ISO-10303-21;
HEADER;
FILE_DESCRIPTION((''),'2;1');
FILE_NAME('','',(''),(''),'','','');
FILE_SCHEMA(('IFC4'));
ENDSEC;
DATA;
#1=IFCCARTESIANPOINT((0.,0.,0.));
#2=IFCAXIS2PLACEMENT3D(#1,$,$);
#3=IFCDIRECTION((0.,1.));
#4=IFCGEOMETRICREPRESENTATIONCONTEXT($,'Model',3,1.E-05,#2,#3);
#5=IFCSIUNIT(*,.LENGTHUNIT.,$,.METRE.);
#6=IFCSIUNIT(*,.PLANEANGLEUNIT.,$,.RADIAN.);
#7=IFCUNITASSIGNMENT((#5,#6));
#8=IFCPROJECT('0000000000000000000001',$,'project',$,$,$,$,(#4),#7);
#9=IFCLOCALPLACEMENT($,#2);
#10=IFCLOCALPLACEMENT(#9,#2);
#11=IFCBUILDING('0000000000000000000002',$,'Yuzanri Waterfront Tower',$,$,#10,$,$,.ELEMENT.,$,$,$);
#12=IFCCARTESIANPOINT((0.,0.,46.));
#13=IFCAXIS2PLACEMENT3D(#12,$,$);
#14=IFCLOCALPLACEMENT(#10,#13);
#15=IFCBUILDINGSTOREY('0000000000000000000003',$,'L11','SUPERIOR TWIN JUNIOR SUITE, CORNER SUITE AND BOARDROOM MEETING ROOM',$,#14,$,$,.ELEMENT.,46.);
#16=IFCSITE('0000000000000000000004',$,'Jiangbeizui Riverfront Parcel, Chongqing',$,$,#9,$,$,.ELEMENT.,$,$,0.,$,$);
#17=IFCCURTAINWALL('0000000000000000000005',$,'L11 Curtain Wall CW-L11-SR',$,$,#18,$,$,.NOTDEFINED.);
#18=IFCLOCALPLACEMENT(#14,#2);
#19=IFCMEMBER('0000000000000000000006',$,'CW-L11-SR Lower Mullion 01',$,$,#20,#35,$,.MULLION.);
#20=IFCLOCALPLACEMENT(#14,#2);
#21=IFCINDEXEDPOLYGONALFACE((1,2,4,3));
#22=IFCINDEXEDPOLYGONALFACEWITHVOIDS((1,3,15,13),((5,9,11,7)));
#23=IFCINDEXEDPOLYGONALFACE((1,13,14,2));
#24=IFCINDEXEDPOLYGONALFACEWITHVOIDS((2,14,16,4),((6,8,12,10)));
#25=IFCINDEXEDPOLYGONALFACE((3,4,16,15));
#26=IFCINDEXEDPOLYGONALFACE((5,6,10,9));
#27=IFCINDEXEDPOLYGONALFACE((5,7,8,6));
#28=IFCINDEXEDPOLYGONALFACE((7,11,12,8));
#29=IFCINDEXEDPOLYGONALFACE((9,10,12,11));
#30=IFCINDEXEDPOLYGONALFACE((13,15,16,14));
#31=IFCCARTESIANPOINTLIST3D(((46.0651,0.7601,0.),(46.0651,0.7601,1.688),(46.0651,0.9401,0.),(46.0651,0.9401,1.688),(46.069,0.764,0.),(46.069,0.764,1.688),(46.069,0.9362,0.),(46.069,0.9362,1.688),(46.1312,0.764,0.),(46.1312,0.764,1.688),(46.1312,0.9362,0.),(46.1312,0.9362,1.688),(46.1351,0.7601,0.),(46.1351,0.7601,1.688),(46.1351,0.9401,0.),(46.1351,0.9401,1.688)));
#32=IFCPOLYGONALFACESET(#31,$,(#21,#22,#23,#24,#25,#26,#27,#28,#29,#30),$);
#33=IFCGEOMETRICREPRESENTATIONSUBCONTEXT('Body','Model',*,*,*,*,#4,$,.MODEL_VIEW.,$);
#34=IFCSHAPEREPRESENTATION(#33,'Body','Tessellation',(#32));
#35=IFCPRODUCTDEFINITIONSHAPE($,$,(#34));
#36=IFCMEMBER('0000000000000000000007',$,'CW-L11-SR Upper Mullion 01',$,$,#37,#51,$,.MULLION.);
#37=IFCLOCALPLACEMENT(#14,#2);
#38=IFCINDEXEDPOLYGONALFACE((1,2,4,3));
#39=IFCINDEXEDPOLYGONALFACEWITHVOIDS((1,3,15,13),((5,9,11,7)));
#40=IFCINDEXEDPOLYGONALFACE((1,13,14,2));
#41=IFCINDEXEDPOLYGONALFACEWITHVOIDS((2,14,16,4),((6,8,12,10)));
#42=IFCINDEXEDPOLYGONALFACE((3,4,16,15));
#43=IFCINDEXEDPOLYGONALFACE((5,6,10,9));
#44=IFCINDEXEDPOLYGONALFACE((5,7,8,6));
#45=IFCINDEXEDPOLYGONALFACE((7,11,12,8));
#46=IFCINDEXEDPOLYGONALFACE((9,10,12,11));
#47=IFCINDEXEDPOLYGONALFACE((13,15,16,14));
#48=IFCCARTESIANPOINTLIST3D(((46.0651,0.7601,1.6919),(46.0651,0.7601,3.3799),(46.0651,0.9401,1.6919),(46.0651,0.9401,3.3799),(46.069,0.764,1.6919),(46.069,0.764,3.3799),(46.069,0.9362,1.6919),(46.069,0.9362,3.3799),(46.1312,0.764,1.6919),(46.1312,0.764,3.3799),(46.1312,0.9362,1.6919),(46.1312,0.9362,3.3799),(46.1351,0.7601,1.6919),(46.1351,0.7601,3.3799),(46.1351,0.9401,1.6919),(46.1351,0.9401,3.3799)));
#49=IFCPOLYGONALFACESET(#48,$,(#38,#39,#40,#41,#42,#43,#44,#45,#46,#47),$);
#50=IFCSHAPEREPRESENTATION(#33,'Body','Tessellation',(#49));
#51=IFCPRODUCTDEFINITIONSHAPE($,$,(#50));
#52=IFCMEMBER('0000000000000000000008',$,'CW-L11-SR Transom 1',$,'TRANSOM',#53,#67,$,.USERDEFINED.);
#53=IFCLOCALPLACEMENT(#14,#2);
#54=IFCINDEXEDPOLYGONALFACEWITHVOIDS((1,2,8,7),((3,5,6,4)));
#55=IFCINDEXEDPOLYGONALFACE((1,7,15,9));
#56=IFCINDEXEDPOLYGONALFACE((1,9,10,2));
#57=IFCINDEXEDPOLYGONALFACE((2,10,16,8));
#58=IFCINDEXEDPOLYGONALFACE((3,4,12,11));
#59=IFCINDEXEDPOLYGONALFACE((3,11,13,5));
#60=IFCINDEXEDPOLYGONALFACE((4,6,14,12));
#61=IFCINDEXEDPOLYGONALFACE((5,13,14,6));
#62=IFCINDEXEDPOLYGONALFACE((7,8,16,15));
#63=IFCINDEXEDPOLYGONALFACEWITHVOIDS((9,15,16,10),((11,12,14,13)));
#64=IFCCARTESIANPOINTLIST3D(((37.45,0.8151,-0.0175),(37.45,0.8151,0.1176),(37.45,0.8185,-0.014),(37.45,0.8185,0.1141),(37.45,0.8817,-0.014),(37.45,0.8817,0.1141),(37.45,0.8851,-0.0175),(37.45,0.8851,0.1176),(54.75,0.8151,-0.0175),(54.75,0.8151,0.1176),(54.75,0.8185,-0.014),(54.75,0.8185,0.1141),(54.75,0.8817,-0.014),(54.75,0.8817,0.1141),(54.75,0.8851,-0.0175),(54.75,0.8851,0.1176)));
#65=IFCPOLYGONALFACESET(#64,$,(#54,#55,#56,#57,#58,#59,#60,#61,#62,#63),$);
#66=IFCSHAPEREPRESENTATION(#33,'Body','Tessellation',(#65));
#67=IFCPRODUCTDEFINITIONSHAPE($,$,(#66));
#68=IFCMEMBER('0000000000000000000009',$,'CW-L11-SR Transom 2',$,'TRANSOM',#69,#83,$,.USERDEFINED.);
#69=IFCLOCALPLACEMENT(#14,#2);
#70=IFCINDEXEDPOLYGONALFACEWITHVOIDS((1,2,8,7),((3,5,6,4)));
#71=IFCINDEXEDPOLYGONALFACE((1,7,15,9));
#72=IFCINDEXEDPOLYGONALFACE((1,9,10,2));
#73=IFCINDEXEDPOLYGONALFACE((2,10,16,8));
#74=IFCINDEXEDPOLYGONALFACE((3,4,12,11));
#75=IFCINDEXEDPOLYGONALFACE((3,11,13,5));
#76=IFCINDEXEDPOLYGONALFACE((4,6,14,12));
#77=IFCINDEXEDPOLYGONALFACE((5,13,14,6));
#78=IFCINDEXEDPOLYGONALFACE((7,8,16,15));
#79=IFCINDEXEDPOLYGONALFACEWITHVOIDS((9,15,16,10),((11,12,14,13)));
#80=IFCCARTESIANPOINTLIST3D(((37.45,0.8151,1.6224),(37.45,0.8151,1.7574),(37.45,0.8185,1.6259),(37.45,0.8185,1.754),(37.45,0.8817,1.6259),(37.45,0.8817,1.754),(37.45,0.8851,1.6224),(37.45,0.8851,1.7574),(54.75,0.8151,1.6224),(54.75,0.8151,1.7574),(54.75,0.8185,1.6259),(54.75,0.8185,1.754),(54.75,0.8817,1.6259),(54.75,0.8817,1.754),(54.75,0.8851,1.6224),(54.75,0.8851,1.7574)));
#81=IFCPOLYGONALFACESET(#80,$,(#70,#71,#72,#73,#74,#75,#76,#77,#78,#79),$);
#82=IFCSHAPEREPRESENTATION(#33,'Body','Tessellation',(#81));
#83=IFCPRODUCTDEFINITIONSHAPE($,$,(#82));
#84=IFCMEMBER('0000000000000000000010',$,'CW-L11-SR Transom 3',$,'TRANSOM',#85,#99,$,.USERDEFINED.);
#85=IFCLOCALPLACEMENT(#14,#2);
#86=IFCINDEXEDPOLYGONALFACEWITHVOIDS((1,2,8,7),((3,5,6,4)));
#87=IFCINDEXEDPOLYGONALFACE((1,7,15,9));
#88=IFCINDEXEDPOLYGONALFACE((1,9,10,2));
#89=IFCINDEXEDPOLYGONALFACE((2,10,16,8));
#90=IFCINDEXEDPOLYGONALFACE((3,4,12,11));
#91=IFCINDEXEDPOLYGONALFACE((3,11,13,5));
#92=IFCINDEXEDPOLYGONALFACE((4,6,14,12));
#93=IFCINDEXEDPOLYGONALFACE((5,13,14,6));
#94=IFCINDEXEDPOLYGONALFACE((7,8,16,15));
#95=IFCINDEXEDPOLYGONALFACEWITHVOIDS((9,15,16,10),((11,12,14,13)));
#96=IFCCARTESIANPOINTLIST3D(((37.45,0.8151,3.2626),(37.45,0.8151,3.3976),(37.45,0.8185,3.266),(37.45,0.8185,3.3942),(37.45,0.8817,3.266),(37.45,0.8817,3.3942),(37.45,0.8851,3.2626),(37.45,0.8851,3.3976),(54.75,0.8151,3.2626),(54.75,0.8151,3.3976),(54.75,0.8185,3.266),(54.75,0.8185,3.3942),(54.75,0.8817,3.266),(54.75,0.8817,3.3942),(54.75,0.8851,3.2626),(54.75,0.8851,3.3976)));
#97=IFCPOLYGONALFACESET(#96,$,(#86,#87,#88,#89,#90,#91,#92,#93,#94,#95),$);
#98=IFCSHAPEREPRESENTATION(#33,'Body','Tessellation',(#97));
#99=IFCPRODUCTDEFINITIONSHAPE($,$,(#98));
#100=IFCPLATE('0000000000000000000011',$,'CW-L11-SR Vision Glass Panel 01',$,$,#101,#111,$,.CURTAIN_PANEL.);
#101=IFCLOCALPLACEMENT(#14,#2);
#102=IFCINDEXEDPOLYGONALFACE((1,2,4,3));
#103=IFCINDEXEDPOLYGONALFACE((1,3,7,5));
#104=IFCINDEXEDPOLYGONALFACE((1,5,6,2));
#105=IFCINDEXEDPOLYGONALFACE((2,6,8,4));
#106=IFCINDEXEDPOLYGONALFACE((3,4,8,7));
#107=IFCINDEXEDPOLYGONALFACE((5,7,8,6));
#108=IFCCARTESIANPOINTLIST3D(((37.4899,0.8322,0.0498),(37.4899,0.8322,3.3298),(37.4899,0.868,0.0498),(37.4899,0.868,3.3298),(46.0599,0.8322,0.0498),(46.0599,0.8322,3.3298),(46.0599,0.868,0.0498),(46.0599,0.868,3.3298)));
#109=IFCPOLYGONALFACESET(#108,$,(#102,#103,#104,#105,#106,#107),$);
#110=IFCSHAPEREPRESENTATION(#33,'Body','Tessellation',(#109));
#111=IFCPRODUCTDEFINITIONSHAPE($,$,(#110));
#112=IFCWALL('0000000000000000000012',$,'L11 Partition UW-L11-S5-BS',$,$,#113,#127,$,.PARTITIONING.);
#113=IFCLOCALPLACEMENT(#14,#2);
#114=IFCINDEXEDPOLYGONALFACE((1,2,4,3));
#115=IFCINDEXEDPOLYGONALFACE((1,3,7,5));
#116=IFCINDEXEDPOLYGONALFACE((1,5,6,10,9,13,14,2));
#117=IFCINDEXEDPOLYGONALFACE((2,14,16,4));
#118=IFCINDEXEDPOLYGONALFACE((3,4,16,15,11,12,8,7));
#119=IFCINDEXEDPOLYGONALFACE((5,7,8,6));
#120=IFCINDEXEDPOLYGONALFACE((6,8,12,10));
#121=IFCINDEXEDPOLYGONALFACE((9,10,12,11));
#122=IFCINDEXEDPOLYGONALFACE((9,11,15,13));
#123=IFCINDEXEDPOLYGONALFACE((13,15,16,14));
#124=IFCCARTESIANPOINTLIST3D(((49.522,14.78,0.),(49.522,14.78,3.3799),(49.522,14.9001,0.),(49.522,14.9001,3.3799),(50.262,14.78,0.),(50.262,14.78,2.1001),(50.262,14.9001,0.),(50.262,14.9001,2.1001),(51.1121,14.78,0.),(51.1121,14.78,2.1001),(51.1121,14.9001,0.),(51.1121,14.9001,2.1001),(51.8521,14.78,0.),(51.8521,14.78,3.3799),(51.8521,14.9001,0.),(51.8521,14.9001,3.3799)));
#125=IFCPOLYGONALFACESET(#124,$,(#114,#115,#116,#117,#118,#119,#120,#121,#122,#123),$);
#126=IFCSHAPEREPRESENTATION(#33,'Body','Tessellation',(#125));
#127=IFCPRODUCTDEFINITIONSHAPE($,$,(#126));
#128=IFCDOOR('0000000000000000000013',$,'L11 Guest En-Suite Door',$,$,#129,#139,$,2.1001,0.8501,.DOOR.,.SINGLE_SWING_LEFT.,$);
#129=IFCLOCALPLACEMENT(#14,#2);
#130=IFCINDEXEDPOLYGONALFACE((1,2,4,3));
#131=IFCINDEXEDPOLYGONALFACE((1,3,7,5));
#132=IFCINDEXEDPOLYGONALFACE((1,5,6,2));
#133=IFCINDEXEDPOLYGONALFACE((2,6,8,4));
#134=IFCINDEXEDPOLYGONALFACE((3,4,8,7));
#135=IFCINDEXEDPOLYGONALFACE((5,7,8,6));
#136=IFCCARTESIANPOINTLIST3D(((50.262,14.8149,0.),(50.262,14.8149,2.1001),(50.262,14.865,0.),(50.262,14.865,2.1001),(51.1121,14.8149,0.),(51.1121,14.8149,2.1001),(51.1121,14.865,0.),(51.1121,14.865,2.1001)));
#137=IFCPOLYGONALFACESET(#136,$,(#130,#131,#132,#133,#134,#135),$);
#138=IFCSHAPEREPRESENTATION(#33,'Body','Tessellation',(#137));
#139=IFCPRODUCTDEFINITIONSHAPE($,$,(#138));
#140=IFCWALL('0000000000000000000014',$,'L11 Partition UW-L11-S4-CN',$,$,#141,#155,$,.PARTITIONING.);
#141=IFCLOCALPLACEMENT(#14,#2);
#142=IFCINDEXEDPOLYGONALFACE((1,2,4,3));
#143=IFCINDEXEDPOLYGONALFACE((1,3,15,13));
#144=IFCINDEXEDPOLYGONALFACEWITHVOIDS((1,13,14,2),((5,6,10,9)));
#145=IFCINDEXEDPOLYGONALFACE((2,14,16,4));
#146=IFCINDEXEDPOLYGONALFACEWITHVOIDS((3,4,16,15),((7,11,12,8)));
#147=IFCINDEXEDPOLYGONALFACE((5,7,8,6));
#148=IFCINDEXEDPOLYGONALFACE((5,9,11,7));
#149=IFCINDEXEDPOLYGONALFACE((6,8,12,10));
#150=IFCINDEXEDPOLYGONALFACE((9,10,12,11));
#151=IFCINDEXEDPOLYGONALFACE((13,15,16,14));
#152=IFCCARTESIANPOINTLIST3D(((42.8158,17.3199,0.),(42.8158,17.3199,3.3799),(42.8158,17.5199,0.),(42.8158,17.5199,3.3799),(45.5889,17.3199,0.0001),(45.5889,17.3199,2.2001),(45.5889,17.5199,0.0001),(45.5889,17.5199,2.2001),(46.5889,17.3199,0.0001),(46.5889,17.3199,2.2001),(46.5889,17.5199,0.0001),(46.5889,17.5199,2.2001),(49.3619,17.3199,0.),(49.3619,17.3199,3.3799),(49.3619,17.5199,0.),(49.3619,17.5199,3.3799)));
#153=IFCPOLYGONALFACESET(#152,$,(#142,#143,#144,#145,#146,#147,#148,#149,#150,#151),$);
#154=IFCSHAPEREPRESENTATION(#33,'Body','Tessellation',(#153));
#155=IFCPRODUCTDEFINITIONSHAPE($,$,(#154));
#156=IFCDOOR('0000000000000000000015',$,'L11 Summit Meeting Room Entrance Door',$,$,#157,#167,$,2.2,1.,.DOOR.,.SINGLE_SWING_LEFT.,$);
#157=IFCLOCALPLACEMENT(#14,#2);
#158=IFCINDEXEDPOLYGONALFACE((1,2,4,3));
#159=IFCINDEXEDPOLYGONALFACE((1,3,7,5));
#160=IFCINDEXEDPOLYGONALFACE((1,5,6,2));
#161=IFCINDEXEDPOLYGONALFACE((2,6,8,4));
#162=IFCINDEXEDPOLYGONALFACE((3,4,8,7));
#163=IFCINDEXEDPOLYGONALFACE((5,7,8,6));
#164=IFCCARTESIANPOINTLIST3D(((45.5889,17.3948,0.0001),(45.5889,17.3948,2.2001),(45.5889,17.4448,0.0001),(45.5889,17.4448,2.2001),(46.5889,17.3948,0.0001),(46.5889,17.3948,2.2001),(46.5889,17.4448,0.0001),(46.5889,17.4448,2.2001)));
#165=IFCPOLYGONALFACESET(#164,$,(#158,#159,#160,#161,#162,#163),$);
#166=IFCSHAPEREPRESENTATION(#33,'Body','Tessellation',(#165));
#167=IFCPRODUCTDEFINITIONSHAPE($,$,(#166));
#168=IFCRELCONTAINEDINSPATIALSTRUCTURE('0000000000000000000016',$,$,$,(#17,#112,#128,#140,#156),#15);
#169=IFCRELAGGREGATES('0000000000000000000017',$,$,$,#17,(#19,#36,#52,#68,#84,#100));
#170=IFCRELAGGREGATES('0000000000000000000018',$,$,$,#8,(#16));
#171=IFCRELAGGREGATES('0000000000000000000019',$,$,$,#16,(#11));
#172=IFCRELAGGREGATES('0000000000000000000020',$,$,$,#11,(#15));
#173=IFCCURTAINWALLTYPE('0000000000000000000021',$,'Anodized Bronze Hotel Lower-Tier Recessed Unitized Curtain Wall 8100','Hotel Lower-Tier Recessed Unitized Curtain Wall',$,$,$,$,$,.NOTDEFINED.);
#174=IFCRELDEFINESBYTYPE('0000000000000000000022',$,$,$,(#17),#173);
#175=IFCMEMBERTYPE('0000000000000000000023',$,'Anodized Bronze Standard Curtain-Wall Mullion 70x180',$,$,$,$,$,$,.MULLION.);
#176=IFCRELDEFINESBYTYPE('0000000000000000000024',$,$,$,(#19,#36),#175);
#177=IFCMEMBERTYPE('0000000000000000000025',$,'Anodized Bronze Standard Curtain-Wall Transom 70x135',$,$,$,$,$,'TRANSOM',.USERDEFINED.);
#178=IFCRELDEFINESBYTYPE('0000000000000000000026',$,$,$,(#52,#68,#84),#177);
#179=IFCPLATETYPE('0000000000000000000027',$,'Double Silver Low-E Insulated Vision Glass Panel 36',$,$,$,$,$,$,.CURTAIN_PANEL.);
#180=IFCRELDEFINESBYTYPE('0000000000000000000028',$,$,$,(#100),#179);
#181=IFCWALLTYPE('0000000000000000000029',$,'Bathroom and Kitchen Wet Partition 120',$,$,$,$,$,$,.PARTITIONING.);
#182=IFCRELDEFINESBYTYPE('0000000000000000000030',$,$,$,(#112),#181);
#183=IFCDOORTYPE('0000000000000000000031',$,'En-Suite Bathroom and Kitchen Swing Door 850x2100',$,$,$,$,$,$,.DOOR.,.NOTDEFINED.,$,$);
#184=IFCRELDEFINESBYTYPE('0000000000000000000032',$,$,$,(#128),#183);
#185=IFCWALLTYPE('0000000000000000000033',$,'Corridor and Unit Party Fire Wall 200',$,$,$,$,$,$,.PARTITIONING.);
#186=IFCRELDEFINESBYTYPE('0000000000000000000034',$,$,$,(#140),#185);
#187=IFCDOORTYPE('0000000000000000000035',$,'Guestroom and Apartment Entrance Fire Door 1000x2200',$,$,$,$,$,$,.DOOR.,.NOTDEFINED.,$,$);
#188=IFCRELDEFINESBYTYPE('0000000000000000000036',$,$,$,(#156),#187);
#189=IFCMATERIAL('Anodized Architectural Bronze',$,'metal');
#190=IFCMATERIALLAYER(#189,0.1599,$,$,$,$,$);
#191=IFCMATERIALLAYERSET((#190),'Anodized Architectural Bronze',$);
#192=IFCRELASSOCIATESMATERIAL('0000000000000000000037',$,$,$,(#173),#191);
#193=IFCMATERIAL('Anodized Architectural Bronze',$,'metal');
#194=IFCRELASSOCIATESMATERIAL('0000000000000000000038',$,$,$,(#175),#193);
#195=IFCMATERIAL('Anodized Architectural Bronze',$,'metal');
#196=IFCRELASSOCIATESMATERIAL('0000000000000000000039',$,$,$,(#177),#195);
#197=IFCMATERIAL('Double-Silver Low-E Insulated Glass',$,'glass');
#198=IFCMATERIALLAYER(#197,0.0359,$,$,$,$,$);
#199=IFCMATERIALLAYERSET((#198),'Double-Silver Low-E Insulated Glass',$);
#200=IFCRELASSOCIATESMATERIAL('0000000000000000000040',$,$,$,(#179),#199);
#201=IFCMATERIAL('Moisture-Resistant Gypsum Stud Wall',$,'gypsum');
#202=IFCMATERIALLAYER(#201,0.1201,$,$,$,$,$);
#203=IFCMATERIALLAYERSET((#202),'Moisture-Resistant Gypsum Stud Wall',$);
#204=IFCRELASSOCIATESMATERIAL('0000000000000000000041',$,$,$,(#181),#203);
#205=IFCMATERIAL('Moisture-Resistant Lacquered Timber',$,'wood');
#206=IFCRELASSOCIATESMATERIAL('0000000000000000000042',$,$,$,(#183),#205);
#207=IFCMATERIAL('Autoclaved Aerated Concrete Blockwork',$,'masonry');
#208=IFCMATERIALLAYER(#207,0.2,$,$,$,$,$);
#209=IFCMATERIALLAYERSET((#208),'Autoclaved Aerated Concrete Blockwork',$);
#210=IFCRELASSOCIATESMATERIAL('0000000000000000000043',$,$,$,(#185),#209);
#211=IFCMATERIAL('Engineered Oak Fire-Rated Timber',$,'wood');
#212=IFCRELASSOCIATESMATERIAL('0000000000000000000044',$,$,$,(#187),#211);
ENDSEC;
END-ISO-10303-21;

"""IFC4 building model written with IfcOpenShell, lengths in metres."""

from ifc_helpers import new_model, si_unit, direction, frame, frame_2d, origin, origin_2d, place, context, subcontext, project, spatial, rectangle, hollow_rectangle, extrude, source, transform, mapped, material, layer, layer_set, material_profile, profile_set, type_object, element, fill, aggregate, save


model = new_model("IFC4")

# Units and contexts
model_context = context("Model", 3, precision=1e-05, world=origin(), true_north=direction((0.0, 1.0)))
body_context = subcontext(model_context, "Body", "Model", "MODEL_VIEW")
ifc_project = project(units=[si_unit("LENGTHUNIT", "METRE"), si_unit("PLANEANGLEUNIT", "RADIAN")], contexts=[model_context])

# Site, building, storey
site_placement = place(None, origin())
site = spatial("IfcSite", under=ifc_project, at=site_placement, Name="Jiangbeizui Riverfront Parcel, Chongqing", CompositionType="ELEMENT", RefElevation=0.0)
building_placement = place(site_placement, origin())
building = spatial("IfcBuilding", under=site, at=building_placement, Name="Yuzanri Waterfront Tower", CompositionType="ELEMENT")
storey_placement = place(building_placement, frame((0.0, 0.0, 46.0)))
storey = spatial("IfcBuildingStorey", under=building, at=storey_placement, Name="L11", Description="SUPERIOR TWIN JUNIOR SUITE, CORNER SUITE AND BOARDROOM MEETING ROOM", CompositionType="ELEMENT", Elevation=46.0)

# Curtain wall, members, plate
ifc_material_1 = material(Name="Anodized Architectural Bronze", Category="metal")
ifc_layer_1 = layer(ifc_material_1, 0.1599)
ifc_layer_set_1 = layer_set([ifc_layer_1], Name="Anodized Architectural Bronze")
curtain_wall_type = type_object("IfcCurtainWallType", Name="Anodized Bronze Hotel Lower-Tier Recessed Unitized Curtain Wall 8100", Description="Hotel Lower-Tier Recessed Unitized Curtain Wall", PredefinedType="NOTDEFINED", material=ifc_layer_set_1)
curtain_wall_placement = place(storey_placement, origin())
curtain_wall = element("IfcCurtainWall", 1, at=curtain_wall_placement, inside=storey, type_object=curtain_wall_type, Name="L11 Curtain Wall CW-L11-SR", PredefinedType="NOTDEFINED")
ifc_material_2 = material(Name="Anodized Architectural Bronze", Category="metal")
ifc_material_profile_1 = material_profile(ifc_material_2, hollow_rectangle(XDim=0.0701, YDim=0.1799, WallThickness=0.0039, at=origin_2d()), Name="CWM 70x180")
ifc_profile_set_1 = profile_set([ifc_material_profile_1], Name="Anodized Architectural Bronze")
member_type_1 = type_object("IfcMemberType", Name="Anodized Bronze Standard Curtain-Wall Mullion 70x180", PredefinedType="MULLION", material=ifc_profile_set_1)
shared_shape_1 = source(origin(), body_context, "Body", "SweptSolid", [
    extrude(hollow_rectangle(XDim=0.0701, YDim=0.1799, WallThickness=0.0039, at=origin_2d()), origin(), (0.0, 0.0, 1.0), 1.688),
])
member_1_placement = place(storey_placement, frame((46.1001, 0.8501, 0.0), z_axis=(0.0, 0.0, 1.0), x_axis=(1.0, 0.0, 0.0)))
member_1 = element("IfcMember", 2, at=member_1_placement, type_object=member_type_1, Name="CW-L11-SR Lower Mullion 01", PredefinedType="MULLION", context=body_context, shape_type="MappedRepresentation", body=[
    mapped(shared_shape_1, transform((0.0, 0.0, 0.0), scale=1.0)),
])
member_2_placement = place(storey_placement, frame((46.1001, 0.8501, 1.6919), z_axis=(0.0, 0.0, 1.0), x_axis=(1.0, 0.0, 0.0)))
member_2 = element("IfcMember", 3, at=member_2_placement, type_object=member_type_1, Name="CW-L11-SR Upper Mullion 01", PredefinedType="MULLION", context=body_context, shape_type="MappedRepresentation", body=[
    mapped(shared_shape_1, transform((0.0, 0.0, 0.0), scale=1.0)),
])
ifc_material_3 = material(Name="Anodized Architectural Bronze", Category="metal")
ifc_material_profile_2 = material_profile(ifc_material_3, hollow_rectangle(XDim=0.0701, YDim=0.135, WallThickness=0.0034, at=origin_2d()), Name="CWT 70x135")
ifc_profile_set_2 = profile_set([ifc_material_profile_2], Name="Anodized Architectural Bronze")
member_type_2 = type_object("IfcMemberType", Name="Anodized Bronze Standard Curtain-Wall Transom 70x135", ElementType="TRANSOM", PredefinedType="USERDEFINED", material=ifc_profile_set_2)
shared_shape_2 = source(origin(), body_context, "Body", "SweptSolid", [
    extrude(hollow_rectangle(XDim=0.0701, YDim=0.135, WallThickness=0.0034, at=origin_2d()), origin(), (0.0, 0.0, 1.0), 17.3),
])
member_3_placement = place(storey_placement, frame((37.45, 0.8501, 0.05), z_axis=(1.0, 0.0, 0.0), x_axis=(0.0, 1.0, 0.0)))
member_3 = element("IfcMember", 4, at=member_3_placement, type_object=member_type_2, Name="CW-L11-SR Transom 1", ObjectType="TRANSOM", PredefinedType="USERDEFINED", context=body_context, shape_type="MappedRepresentation", body=[
    mapped(shared_shape_2, transform((0.0, 0.0, 0.0), scale=1.0)),
])
member_4_placement = place(storey_placement, frame((37.45, 0.8501, 1.6899), z_axis=(1.0, 0.0, 0.0), x_axis=(0.0, 1.0, 0.0)))
member_4 = element("IfcMember", 5, at=member_4_placement, type_object=member_type_2, Name="CW-L11-SR Transom 2", ObjectType="TRANSOM", PredefinedType="USERDEFINED", context=body_context, shape_type="MappedRepresentation", body=[
    mapped(shared_shape_2, transform((0.0, 0.0, 0.0), scale=1.0)),
])
member_5_placement = place(storey_placement, frame((37.45, 0.8501, 3.3301), z_axis=(1.0, 0.0, 0.0), x_axis=(0.0, 1.0, 0.0)))
member_5 = element("IfcMember", 6, at=member_5_placement, type_object=member_type_2, Name="CW-L11-SR Transom 3", ObjectType="TRANSOM", PredefinedType="USERDEFINED", context=body_context, shape_type="MappedRepresentation", body=[
    mapped(shared_shape_2, transform((0.0, 0.0, 0.0), scale=1.0)),
])
ifc_material_4 = material(Name="Double-Silver Low-E Insulated Glass", Category="glass")
ifc_layer_2 = layer(ifc_material_4, 0.0359)
ifc_layer_set_2 = layer_set([ifc_layer_2], Name="Double-Silver Low-E Insulated Glass")
plate_type = type_object("IfcPlateType", Name="Double Silver Low-E Insulated Vision Glass Panel 36", PredefinedType="CURTAIN_PANEL", material=ifc_layer_set_2)
shared_shape_3 = source(origin(), body_context, "Body", "SweptSolid", [
    extrude(rectangle(XDim=8.5701, YDim=0.0359, at=origin_2d()), origin(), (0.0, 0.0, 1.0), 3.28),
])
plate_placement = place(storey_placement, frame((41.7749, 0.8501, 0.0498), z_axis=(0.0, 0.0, 1.0), x_axis=(1.0, 0.0, 0.0)))
plate = element("IfcPlate", 7, at=plate_placement, type_object=plate_type, Name="CW-L11-SR Vision Glass Panel 01", PredefinedType="CURTAIN_PANEL", context=body_context, shape_type="MappedRepresentation", body=[
    mapped(shared_shape_3, transform((0.0, 0.0, 0.0), scale=1.0)),
])
aggregate(curtain_wall, [member_1, member_2, member_3, member_4, member_5, plate])

# Walls, openings, doors
ifc_material_5 = material(Name="Moisture-Resistant Gypsum Stud Wall", Category="gypsum")
ifc_layer_3 = layer(ifc_material_5, 0.1201)
ifc_layer_set_3 = layer_set([ifc_layer_3], Name="Moisture-Resistant Gypsum Stud Wall")
wall_type_1 = type_object("IfcWallType", Name="Bathroom and Kitchen Wet Partition 120", PredefinedType="PARTITIONING", material=ifc_layer_set_3)
wall_1_placement = place(storey_placement, frame((49.522, 14.8401, 0.0), z_axis=(0.0, 0.0, 1.0), x_axis=(1.0, 0.0, 0.0)))
wall_1 = element("IfcWall", 8, at=wall_1_placement, inside=storey, type_object=wall_type_1, Name="L11 Partition UW-L11-S5-BS", PredefinedType="PARTITIONING", context=body_context, shape_type="SweptSolid", body=[
    extrude(rectangle(XDim=2.3301, YDim=0.1201, at=frame_2d((1.165, 0.0))), origin(), (0.0, 0.0, 1.0), 3.3799),
])
opening_1_placement = place(wall_1_placement, frame((0.74, 0.0, 0.0)))
opening_1 = element("IfcOpeningElement", 9, at=opening_1_placement, cuts=wall_1, PredefinedType="OPENING", context=body_context, shape_type="SweptSolid", body=[
    extrude(rectangle(XDim=0.8501, YDim=2.1001, at=frame_2d((0.425, 1.05))), frame((0.0, 0.075, 0.0), z_axis=(0.0, -1.0, 0.0), x_axis=(1.0, 0.0, 0.0)), (0.0, 0.0, 1.0), 0.1499),
])
ifc_material_6 = material(Name="Moisture-Resistant Lacquered Timber", Category="wood")
door_type_1 = type_object("IfcDoorType", Name="En-Suite Bathroom and Kitchen Swing Door 850x2100", OperationType="NOTDEFINED", PredefinedType="DOOR", material=ifc_material_6)
shared_shape_4 = source(origin(), body_context, "Body", "SweptSolid", [
    extrude(rectangle(XDim=0.8501, YDim=2.1001, at=frame_2d((0.425, 1.05))), frame((0.0, 0.0249, 0.0), z_axis=(0.0, -1.0, 0.0), x_axis=(1.0, 0.0, 0.0)), (0.0, 0.0, 1.0), 0.05),
])
door_1_placement = place(opening_1_placement, origin())
door_1 = element("IfcDoor", 10, at=door_1_placement, inside=storey, type_object=door_type_1, Name="L11 Guest En-Suite Door", OperationType="SINGLE_SWING_LEFT", OverallHeight=2.1001, OverallWidth=0.8501, PredefinedType="DOOR", context=body_context, shape_type="MappedRepresentation", body=[
    mapped(shared_shape_4, transform((0.0, 0.0, 0.0), scale=1.0)),
])
fill(opening_1, door_1)
ifc_material_7 = material(Name="Autoclaved Aerated Concrete Blockwork", Category="masonry")
ifc_layer_4 = layer(ifc_material_7, 0.2)
ifc_layer_set_4 = layer_set([ifc_layer_4], Name="Autoclaved Aerated Concrete Blockwork")
wall_type_2 = type_object("IfcWallType", Name="Corridor and Unit Party Fire Wall 200", PredefinedType="PARTITIONING", material=ifc_layer_set_4)
wall_2_placement = place(storey_placement, frame((42.8159, 17.4199, 0.0), z_axis=(0.0, 0.0, 1.0), x_axis=(1.0, 0.0, 0.0)))
wall_2 = element("IfcWall", 11, at=wall_2_placement, inside=storey, type_object=wall_type_2, Name="L11 Partition UW-L11-S4-CN", PredefinedType="PARTITIONING", context=body_context, shape_type="SweptSolid", body=[
    extrude(rectangle(XDim=6.5461, YDim=0.2, at=frame_2d((3.2729, 0.0))), origin(), (0.0, 0.0, 1.0), 3.3799),
])
opening_2_placement = place(wall_2_placement, frame((2.7729, 0.0, 0.0)))
opening_2 = element("IfcOpeningElement", 12, at=opening_2_placement, cuts=wall_2, PredefinedType="OPENING", context=body_context, shape_type="SweptSolid", body=[
    extrude(rectangle(XDim=1.0, YDim=2.2, at=frame_2d((0.5, 1.1001))), frame((0.0, 0.1147, 0.0), z_axis=(0.0, -1.0, 0.0), x_axis=(1.0, 0.0, 0.0)), (0.0, 0.0, 1.0), 0.2297),
])
ifc_material_8 = material(Name="Engineered Oak Fire-Rated Timber", Category="wood")
door_type_2 = type_object("IfcDoorType", Name="Guestroom and Apartment Entrance Fire Door 1000x2200", OperationType="NOTDEFINED", PredefinedType="DOOR", material=ifc_material_8)
shared_shape_5 = source(origin(), body_context, "Body", "SweptSolid", [
    extrude(rectangle(XDim=1.0, YDim=2.2, at=frame_2d((0.5, 1.1001))), frame((0.0, 0.0249, 0.0), z_axis=(0.0, -1.0, 0.0), x_axis=(1.0, 0.0, 0.0)), (0.0, 0.0, 1.0), 0.05),
])
door_2_placement = place(opening_2_placement, origin())
door_2 = element("IfcDoor", 13, at=door_2_placement, inside=storey, type_object=door_type_2, Name="L11 Summit Meeting Room Entrance Door", OperationType="SINGLE_SWING_LEFT", OverallHeight=2.2, OverallWidth=1.0, PredefinedType="DOOR", context=body_context, shape_type="MappedRepresentation", body=[
    mapped(shared_shape_5, transform((0.0, 0.0, 0.0), scale=1.0)),
])
fill(opening_2, door_2)

save(model, "model.ifc")
